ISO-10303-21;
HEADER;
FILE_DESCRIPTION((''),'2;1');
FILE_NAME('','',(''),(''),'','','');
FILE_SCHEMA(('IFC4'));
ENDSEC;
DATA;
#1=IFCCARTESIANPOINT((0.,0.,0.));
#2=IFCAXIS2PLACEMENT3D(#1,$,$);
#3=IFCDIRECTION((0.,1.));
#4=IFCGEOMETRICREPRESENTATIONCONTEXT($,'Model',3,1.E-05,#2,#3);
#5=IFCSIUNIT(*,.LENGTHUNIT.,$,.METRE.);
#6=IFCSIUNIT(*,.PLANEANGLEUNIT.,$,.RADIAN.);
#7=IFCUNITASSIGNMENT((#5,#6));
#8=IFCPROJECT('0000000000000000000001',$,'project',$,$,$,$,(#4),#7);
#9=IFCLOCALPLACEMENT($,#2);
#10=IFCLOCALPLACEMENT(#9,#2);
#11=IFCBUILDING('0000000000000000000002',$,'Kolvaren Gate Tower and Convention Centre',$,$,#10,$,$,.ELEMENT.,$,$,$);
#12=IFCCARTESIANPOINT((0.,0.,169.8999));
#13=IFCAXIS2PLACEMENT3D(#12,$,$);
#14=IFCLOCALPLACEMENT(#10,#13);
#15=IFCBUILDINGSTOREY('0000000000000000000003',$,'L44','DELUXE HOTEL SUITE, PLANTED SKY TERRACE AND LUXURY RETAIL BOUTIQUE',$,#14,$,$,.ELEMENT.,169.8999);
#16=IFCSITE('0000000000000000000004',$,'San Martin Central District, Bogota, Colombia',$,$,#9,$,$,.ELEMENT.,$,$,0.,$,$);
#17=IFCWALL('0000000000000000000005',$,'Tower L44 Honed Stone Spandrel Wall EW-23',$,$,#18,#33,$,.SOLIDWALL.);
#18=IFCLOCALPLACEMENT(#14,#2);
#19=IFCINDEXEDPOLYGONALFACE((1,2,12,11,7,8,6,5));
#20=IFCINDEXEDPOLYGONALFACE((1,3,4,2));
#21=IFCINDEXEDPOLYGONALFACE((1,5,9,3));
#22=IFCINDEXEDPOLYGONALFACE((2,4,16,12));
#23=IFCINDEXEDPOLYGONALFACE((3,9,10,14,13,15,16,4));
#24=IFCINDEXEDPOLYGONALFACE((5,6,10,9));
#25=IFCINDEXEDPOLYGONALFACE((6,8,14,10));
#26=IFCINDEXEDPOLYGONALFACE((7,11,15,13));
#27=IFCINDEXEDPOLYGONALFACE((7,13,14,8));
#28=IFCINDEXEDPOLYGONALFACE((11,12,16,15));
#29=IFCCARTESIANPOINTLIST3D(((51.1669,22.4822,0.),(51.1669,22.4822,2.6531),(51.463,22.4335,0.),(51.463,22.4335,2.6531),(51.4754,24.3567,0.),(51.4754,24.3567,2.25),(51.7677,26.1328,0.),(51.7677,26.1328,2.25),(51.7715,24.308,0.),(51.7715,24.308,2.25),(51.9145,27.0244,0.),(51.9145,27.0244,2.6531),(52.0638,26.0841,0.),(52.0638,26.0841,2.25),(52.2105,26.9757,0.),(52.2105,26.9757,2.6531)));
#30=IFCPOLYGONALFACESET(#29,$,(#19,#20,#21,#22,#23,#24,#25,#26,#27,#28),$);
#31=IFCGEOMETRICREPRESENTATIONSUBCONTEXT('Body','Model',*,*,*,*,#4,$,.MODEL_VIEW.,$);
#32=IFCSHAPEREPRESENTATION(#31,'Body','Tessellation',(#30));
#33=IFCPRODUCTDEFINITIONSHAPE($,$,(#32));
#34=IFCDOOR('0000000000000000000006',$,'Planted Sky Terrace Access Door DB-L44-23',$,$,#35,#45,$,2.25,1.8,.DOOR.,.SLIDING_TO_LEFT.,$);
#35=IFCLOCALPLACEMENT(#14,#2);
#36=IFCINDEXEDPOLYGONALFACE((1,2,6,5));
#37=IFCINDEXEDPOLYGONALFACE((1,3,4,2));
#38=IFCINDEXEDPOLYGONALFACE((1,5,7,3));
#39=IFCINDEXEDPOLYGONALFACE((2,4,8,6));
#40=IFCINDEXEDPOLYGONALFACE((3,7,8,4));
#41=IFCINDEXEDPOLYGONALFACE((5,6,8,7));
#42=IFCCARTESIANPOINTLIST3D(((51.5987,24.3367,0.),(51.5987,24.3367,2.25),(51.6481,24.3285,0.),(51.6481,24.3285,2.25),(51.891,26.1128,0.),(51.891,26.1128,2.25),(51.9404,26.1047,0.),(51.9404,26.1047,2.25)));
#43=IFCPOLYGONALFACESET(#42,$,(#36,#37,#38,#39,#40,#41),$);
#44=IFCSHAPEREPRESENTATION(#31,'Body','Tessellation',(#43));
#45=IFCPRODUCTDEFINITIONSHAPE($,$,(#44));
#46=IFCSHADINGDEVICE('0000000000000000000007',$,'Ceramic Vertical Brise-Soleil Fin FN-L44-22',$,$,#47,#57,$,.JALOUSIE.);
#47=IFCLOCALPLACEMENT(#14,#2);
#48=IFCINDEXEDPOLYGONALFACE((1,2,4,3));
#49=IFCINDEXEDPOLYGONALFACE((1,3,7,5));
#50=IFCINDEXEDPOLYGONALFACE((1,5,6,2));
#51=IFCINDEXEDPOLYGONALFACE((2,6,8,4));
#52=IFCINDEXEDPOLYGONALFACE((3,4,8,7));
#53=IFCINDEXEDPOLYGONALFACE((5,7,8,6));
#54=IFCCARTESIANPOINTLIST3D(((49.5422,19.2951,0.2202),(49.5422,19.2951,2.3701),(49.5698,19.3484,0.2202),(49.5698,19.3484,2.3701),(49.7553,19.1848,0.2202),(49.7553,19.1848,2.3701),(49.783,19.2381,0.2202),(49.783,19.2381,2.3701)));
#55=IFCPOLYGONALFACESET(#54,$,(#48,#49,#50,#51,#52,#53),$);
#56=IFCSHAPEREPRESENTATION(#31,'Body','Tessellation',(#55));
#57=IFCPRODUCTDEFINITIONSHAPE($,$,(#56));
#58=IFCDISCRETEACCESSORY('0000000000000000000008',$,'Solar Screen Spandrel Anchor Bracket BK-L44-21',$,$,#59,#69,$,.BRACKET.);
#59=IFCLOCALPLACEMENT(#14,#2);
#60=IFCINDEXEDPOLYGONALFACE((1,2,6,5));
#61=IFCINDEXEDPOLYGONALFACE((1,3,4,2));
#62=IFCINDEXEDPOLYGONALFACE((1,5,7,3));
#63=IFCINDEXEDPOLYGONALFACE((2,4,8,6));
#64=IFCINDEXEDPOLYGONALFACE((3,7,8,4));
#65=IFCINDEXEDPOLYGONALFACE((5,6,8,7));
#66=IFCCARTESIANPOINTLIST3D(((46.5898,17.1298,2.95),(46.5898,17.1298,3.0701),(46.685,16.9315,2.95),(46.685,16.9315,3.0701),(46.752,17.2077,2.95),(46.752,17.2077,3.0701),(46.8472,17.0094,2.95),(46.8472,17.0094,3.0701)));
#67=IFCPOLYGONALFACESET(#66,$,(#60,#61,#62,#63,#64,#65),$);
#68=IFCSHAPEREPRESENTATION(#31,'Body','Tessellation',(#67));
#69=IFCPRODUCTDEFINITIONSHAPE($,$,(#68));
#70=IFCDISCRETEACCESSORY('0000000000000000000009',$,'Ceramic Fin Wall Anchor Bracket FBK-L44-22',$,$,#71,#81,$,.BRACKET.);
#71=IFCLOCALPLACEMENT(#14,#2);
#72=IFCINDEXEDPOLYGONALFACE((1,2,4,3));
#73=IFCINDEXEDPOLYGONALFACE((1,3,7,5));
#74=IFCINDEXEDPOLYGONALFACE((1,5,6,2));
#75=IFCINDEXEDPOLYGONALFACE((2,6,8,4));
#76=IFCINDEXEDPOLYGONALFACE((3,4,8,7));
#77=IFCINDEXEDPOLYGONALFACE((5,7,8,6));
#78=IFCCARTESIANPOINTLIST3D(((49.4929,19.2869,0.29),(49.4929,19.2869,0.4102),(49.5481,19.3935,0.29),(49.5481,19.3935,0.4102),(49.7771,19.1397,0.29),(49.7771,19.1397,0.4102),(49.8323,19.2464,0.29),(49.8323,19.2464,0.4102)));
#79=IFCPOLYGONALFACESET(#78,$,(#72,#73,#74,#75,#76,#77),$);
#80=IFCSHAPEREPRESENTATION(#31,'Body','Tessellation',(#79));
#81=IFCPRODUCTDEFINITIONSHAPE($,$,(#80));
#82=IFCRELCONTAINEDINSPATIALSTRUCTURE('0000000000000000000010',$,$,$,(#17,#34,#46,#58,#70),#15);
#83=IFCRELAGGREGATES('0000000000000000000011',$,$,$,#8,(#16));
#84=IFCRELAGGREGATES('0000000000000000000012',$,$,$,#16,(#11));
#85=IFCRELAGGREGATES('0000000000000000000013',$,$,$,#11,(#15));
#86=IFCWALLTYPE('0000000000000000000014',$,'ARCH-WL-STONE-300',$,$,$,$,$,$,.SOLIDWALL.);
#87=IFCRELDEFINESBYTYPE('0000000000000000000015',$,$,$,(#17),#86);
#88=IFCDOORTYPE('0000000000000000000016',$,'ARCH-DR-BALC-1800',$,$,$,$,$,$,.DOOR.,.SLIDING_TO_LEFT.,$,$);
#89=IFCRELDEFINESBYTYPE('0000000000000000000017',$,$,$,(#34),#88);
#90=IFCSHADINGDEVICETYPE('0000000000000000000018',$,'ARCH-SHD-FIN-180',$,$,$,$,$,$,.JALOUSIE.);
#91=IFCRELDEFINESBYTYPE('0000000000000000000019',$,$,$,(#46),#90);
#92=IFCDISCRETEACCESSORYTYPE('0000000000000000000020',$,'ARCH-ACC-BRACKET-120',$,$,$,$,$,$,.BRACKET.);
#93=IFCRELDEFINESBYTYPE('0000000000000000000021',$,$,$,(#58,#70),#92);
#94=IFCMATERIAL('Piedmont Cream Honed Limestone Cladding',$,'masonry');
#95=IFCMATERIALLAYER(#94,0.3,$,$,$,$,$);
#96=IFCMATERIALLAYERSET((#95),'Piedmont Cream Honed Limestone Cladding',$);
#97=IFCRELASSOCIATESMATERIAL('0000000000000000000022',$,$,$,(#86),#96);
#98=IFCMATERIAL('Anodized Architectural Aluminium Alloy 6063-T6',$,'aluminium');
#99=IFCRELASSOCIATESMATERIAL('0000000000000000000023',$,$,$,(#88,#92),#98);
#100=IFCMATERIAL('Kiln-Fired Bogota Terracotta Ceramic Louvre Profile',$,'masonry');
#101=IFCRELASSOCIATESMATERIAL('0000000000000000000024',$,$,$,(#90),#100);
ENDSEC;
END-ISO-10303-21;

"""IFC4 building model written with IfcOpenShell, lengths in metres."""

from ifc_helpers import new_model, si_unit, direction, frame, frame_2d, origin, origin_2d, place, context, subcontext, project, spatial, rectangle, extrude, material, layer, layer_set, type_object, element, fill, save


model = new_model("IFC4")

# Units and contexts
model_context = context("Model", 3, precision=1e-05, world=origin(), true_north=direction((0.0, 1.0)))
body_context = subcontext(model_context, "Body", "Model", "MODEL_VIEW")
ifc_project = project(units=[si_unit("LENGTHUNIT", "METRE"), si_unit("PLANEANGLEUNIT", "RADIAN")], contexts=[model_context])

# Site, building, storey
site_placement = place(None, origin())
site = spatial("IfcSite", under=ifc_project, at=site_placement, Name="San Martin Central District, Bogota, Colombia", CompositionType="ELEMENT", RefElevation=0.0)
building_placement = place(site_placement, origin())
building = spatial("IfcBuilding", under=site, at=building_placement, Name="Kolvaren Gate Tower and Convention Centre", CompositionType="ELEMENT")
storey_placement = place(building_placement, frame((0.0, 0.0, 169.8999)))
storey = spatial("IfcBuildingStorey", under=building, at=storey_placement, Name="L44", Description="DELUXE HOTEL SUITE, PLANTED SKY TERRACE AND LUXURY RETAIL BOUTIQUE", CompositionType="ELEMENT", Elevation=169.8999)

# Shared definitions
ifc_material_1 = material(Name="Anodized Architectural Aluminium Alloy 6063-T6", Category="aluminium")

# Shared definitions
ifc_material_2 = material(Name="Piedmont Cream Honed Limestone Cladding", Category="masonry")

# Shared definitions
ifc_layer_1 = layer(ifc_material_2, 0.3)
ifc_layer_set_1 = layer_set([ifc_layer_1], Name="Piedmont Cream Honed Limestone Cladding")
wall_type_1 = type_object("IfcWallType", Name="ARCH-WL-STONE-300", PredefinedType="SOLIDWALL", material=ifc_layer_set_1)

# Wall, opening, door
wall_1_placement = place(storey_placement, frame((51.3149, 22.4578, 0.0), z_axis=(0.0, 0.0, 1.0), x_axis=(0.162395, 0.986726, 0.0)))
wall_1 = element("IfcWall", 1, at=wall_1_placement, inside=storey, type_object=wall_type_1, Name="Tower L44 Honed Stone Spandrel Wall EW-23", PredefinedType="SOLIDWALL", context=body_context, shape_type="SweptSolid", body=[
    extrude(rectangle(XDim=4.6033, YDim=0.3, at=frame_2d((2.3018, 0.0))), origin(), (0.0, 0.0, 1.0), 2.6531),
])
opening_1_placement = place(wall_1_placement, frame((1.8999, 0.0, 0.0)))
opening_1 = element("IfcOpeningElement", 2, at=opening_1_placement, cuts=wall_1, PredefinedType="OPENING", context=body_context, shape_type="SweptSolid", body=[
    extrude(rectangle(XDim=1.8, YDim=2.25, at=frame_2d((0.8999, 1.125))), frame((0.0, 0.1599, 0.0), z_axis=(0.0, -1.0, 0.0), x_axis=(1.0, 0.0, 0.0)), (0.0, 0.0, 1.0), 0.3201),
])
door_type = type_object("IfcDoorType", Name="ARCH-DR-BALC-1800", OperationType="SLIDING_TO_LEFT", PredefinedType="DOOR", material=ifc_material_1)
door_placement = place(opening_1_placement, frame((1.8, 0.0, 0.0), z_axis=(0.0, 0.0, 1.0), x_axis=(-1.0, 0.0, 0.0)))
door = element("IfcDoor", 3, at=door_placement, inside=storey, type_object=door_type, Name="Planted Sky Terrace Access Door DB-L44-23", OperationType="SLIDING_TO_LEFT", OverallHeight=2.25, OverallWidth=1.8, PredefinedType="DOOR", context=body_context, shape_type="SweptSolid", body=[
    extrude(rectangle(XDim=1.8, YDim=2.25, at=frame_2d((0.8999, 1.125))), frame((0.0, 0.0249, 0.0), z_axis=(0.0, -1.0, 0.0), x_axis=(1.0, 0.0, 0.0)), (0.0, 0.0, 1.0), 0.05),
])
fill(opening_1, door)

# Shading device
ifc_material_3 = material(Name="Kiln-Fired Bogota Terracotta Ceramic Louvre Profile", Category="masonry")
shading_device_type = type_object("IfcShadingDeviceType", Name="ARCH-SHD-FIN-180", PredefinedType="JALOUSIE", material=ifc_material_3)
shading_device_placement = place(storey_placement, frame((49.6626, 19.2666, 0.2202), z_axis=(0.0, 0.0, 1.0), x_axis=(0.459798, 0.888023, 0.0)))
element("IfcShadingDevice", 4, at=shading_device_placement, inside=storey, type_object=shading_device_type, Name="Ceramic Vertical Brise-Soleil Fin FN-L44-22", PredefinedType="JALOUSIE", context=body_context, shape_type="SweptSolid", body=[
    extrude(rectangle(XDim=0.0601, YDim=0.24, at=origin_2d()), origin(), (0.0, 0.0, 1.0), 2.1499),
])

# Discrete accessories
discrete_accessory_type = type_object("IfcDiscreteAccessoryType", Name="ARCH-ACC-BRACKET-120", PredefinedType="BRACKET", material=ifc_material_1)
discrete_accessory_1_placement = place(storey_placement, frame((46.7185, 17.0696, 2.95), z_axis=(0.0, 0.0, 1.0), x_axis=(0.901358, 0.433074, 0.0)))
element("IfcDiscreteAccessory", 5, at=discrete_accessory_1_placement, inside=storey, type_object=discrete_accessory_type, Name="Solar Screen Spandrel Anchor Bracket BK-L44-21", PredefinedType="BRACKET", context=body_context, shape_type="SweptSolid", body=[
    extrude(rectangle(XDim=0.1799, YDim=0.22, at=origin_2d()), origin(), (0.0, 0.0, 1.0), 0.1201),
])
discrete_accessory_2_placement = place(storey_placement, frame((49.6626, 19.2666, 0.29), z_axis=(0.0, 0.0, 1.0), x_axis=(0.459798, 0.888023, 0.0)))
element("IfcDiscreteAccessory", 6, at=discrete_accessory_2_placement, inside=storey, type_object=discrete_accessory_type, Name="Ceramic Fin Wall Anchor Bracket FBK-L44-22", PredefinedType="BRACKET", context=body_context, shape_type="SweptSolid", body=[
    extrude(rectangle(XDim=0.1201, YDim=0.3201, at=origin_2d()), origin(), (0.0, 0.0, 1.0), 0.1201),
])

save(model, "model.ifc")
